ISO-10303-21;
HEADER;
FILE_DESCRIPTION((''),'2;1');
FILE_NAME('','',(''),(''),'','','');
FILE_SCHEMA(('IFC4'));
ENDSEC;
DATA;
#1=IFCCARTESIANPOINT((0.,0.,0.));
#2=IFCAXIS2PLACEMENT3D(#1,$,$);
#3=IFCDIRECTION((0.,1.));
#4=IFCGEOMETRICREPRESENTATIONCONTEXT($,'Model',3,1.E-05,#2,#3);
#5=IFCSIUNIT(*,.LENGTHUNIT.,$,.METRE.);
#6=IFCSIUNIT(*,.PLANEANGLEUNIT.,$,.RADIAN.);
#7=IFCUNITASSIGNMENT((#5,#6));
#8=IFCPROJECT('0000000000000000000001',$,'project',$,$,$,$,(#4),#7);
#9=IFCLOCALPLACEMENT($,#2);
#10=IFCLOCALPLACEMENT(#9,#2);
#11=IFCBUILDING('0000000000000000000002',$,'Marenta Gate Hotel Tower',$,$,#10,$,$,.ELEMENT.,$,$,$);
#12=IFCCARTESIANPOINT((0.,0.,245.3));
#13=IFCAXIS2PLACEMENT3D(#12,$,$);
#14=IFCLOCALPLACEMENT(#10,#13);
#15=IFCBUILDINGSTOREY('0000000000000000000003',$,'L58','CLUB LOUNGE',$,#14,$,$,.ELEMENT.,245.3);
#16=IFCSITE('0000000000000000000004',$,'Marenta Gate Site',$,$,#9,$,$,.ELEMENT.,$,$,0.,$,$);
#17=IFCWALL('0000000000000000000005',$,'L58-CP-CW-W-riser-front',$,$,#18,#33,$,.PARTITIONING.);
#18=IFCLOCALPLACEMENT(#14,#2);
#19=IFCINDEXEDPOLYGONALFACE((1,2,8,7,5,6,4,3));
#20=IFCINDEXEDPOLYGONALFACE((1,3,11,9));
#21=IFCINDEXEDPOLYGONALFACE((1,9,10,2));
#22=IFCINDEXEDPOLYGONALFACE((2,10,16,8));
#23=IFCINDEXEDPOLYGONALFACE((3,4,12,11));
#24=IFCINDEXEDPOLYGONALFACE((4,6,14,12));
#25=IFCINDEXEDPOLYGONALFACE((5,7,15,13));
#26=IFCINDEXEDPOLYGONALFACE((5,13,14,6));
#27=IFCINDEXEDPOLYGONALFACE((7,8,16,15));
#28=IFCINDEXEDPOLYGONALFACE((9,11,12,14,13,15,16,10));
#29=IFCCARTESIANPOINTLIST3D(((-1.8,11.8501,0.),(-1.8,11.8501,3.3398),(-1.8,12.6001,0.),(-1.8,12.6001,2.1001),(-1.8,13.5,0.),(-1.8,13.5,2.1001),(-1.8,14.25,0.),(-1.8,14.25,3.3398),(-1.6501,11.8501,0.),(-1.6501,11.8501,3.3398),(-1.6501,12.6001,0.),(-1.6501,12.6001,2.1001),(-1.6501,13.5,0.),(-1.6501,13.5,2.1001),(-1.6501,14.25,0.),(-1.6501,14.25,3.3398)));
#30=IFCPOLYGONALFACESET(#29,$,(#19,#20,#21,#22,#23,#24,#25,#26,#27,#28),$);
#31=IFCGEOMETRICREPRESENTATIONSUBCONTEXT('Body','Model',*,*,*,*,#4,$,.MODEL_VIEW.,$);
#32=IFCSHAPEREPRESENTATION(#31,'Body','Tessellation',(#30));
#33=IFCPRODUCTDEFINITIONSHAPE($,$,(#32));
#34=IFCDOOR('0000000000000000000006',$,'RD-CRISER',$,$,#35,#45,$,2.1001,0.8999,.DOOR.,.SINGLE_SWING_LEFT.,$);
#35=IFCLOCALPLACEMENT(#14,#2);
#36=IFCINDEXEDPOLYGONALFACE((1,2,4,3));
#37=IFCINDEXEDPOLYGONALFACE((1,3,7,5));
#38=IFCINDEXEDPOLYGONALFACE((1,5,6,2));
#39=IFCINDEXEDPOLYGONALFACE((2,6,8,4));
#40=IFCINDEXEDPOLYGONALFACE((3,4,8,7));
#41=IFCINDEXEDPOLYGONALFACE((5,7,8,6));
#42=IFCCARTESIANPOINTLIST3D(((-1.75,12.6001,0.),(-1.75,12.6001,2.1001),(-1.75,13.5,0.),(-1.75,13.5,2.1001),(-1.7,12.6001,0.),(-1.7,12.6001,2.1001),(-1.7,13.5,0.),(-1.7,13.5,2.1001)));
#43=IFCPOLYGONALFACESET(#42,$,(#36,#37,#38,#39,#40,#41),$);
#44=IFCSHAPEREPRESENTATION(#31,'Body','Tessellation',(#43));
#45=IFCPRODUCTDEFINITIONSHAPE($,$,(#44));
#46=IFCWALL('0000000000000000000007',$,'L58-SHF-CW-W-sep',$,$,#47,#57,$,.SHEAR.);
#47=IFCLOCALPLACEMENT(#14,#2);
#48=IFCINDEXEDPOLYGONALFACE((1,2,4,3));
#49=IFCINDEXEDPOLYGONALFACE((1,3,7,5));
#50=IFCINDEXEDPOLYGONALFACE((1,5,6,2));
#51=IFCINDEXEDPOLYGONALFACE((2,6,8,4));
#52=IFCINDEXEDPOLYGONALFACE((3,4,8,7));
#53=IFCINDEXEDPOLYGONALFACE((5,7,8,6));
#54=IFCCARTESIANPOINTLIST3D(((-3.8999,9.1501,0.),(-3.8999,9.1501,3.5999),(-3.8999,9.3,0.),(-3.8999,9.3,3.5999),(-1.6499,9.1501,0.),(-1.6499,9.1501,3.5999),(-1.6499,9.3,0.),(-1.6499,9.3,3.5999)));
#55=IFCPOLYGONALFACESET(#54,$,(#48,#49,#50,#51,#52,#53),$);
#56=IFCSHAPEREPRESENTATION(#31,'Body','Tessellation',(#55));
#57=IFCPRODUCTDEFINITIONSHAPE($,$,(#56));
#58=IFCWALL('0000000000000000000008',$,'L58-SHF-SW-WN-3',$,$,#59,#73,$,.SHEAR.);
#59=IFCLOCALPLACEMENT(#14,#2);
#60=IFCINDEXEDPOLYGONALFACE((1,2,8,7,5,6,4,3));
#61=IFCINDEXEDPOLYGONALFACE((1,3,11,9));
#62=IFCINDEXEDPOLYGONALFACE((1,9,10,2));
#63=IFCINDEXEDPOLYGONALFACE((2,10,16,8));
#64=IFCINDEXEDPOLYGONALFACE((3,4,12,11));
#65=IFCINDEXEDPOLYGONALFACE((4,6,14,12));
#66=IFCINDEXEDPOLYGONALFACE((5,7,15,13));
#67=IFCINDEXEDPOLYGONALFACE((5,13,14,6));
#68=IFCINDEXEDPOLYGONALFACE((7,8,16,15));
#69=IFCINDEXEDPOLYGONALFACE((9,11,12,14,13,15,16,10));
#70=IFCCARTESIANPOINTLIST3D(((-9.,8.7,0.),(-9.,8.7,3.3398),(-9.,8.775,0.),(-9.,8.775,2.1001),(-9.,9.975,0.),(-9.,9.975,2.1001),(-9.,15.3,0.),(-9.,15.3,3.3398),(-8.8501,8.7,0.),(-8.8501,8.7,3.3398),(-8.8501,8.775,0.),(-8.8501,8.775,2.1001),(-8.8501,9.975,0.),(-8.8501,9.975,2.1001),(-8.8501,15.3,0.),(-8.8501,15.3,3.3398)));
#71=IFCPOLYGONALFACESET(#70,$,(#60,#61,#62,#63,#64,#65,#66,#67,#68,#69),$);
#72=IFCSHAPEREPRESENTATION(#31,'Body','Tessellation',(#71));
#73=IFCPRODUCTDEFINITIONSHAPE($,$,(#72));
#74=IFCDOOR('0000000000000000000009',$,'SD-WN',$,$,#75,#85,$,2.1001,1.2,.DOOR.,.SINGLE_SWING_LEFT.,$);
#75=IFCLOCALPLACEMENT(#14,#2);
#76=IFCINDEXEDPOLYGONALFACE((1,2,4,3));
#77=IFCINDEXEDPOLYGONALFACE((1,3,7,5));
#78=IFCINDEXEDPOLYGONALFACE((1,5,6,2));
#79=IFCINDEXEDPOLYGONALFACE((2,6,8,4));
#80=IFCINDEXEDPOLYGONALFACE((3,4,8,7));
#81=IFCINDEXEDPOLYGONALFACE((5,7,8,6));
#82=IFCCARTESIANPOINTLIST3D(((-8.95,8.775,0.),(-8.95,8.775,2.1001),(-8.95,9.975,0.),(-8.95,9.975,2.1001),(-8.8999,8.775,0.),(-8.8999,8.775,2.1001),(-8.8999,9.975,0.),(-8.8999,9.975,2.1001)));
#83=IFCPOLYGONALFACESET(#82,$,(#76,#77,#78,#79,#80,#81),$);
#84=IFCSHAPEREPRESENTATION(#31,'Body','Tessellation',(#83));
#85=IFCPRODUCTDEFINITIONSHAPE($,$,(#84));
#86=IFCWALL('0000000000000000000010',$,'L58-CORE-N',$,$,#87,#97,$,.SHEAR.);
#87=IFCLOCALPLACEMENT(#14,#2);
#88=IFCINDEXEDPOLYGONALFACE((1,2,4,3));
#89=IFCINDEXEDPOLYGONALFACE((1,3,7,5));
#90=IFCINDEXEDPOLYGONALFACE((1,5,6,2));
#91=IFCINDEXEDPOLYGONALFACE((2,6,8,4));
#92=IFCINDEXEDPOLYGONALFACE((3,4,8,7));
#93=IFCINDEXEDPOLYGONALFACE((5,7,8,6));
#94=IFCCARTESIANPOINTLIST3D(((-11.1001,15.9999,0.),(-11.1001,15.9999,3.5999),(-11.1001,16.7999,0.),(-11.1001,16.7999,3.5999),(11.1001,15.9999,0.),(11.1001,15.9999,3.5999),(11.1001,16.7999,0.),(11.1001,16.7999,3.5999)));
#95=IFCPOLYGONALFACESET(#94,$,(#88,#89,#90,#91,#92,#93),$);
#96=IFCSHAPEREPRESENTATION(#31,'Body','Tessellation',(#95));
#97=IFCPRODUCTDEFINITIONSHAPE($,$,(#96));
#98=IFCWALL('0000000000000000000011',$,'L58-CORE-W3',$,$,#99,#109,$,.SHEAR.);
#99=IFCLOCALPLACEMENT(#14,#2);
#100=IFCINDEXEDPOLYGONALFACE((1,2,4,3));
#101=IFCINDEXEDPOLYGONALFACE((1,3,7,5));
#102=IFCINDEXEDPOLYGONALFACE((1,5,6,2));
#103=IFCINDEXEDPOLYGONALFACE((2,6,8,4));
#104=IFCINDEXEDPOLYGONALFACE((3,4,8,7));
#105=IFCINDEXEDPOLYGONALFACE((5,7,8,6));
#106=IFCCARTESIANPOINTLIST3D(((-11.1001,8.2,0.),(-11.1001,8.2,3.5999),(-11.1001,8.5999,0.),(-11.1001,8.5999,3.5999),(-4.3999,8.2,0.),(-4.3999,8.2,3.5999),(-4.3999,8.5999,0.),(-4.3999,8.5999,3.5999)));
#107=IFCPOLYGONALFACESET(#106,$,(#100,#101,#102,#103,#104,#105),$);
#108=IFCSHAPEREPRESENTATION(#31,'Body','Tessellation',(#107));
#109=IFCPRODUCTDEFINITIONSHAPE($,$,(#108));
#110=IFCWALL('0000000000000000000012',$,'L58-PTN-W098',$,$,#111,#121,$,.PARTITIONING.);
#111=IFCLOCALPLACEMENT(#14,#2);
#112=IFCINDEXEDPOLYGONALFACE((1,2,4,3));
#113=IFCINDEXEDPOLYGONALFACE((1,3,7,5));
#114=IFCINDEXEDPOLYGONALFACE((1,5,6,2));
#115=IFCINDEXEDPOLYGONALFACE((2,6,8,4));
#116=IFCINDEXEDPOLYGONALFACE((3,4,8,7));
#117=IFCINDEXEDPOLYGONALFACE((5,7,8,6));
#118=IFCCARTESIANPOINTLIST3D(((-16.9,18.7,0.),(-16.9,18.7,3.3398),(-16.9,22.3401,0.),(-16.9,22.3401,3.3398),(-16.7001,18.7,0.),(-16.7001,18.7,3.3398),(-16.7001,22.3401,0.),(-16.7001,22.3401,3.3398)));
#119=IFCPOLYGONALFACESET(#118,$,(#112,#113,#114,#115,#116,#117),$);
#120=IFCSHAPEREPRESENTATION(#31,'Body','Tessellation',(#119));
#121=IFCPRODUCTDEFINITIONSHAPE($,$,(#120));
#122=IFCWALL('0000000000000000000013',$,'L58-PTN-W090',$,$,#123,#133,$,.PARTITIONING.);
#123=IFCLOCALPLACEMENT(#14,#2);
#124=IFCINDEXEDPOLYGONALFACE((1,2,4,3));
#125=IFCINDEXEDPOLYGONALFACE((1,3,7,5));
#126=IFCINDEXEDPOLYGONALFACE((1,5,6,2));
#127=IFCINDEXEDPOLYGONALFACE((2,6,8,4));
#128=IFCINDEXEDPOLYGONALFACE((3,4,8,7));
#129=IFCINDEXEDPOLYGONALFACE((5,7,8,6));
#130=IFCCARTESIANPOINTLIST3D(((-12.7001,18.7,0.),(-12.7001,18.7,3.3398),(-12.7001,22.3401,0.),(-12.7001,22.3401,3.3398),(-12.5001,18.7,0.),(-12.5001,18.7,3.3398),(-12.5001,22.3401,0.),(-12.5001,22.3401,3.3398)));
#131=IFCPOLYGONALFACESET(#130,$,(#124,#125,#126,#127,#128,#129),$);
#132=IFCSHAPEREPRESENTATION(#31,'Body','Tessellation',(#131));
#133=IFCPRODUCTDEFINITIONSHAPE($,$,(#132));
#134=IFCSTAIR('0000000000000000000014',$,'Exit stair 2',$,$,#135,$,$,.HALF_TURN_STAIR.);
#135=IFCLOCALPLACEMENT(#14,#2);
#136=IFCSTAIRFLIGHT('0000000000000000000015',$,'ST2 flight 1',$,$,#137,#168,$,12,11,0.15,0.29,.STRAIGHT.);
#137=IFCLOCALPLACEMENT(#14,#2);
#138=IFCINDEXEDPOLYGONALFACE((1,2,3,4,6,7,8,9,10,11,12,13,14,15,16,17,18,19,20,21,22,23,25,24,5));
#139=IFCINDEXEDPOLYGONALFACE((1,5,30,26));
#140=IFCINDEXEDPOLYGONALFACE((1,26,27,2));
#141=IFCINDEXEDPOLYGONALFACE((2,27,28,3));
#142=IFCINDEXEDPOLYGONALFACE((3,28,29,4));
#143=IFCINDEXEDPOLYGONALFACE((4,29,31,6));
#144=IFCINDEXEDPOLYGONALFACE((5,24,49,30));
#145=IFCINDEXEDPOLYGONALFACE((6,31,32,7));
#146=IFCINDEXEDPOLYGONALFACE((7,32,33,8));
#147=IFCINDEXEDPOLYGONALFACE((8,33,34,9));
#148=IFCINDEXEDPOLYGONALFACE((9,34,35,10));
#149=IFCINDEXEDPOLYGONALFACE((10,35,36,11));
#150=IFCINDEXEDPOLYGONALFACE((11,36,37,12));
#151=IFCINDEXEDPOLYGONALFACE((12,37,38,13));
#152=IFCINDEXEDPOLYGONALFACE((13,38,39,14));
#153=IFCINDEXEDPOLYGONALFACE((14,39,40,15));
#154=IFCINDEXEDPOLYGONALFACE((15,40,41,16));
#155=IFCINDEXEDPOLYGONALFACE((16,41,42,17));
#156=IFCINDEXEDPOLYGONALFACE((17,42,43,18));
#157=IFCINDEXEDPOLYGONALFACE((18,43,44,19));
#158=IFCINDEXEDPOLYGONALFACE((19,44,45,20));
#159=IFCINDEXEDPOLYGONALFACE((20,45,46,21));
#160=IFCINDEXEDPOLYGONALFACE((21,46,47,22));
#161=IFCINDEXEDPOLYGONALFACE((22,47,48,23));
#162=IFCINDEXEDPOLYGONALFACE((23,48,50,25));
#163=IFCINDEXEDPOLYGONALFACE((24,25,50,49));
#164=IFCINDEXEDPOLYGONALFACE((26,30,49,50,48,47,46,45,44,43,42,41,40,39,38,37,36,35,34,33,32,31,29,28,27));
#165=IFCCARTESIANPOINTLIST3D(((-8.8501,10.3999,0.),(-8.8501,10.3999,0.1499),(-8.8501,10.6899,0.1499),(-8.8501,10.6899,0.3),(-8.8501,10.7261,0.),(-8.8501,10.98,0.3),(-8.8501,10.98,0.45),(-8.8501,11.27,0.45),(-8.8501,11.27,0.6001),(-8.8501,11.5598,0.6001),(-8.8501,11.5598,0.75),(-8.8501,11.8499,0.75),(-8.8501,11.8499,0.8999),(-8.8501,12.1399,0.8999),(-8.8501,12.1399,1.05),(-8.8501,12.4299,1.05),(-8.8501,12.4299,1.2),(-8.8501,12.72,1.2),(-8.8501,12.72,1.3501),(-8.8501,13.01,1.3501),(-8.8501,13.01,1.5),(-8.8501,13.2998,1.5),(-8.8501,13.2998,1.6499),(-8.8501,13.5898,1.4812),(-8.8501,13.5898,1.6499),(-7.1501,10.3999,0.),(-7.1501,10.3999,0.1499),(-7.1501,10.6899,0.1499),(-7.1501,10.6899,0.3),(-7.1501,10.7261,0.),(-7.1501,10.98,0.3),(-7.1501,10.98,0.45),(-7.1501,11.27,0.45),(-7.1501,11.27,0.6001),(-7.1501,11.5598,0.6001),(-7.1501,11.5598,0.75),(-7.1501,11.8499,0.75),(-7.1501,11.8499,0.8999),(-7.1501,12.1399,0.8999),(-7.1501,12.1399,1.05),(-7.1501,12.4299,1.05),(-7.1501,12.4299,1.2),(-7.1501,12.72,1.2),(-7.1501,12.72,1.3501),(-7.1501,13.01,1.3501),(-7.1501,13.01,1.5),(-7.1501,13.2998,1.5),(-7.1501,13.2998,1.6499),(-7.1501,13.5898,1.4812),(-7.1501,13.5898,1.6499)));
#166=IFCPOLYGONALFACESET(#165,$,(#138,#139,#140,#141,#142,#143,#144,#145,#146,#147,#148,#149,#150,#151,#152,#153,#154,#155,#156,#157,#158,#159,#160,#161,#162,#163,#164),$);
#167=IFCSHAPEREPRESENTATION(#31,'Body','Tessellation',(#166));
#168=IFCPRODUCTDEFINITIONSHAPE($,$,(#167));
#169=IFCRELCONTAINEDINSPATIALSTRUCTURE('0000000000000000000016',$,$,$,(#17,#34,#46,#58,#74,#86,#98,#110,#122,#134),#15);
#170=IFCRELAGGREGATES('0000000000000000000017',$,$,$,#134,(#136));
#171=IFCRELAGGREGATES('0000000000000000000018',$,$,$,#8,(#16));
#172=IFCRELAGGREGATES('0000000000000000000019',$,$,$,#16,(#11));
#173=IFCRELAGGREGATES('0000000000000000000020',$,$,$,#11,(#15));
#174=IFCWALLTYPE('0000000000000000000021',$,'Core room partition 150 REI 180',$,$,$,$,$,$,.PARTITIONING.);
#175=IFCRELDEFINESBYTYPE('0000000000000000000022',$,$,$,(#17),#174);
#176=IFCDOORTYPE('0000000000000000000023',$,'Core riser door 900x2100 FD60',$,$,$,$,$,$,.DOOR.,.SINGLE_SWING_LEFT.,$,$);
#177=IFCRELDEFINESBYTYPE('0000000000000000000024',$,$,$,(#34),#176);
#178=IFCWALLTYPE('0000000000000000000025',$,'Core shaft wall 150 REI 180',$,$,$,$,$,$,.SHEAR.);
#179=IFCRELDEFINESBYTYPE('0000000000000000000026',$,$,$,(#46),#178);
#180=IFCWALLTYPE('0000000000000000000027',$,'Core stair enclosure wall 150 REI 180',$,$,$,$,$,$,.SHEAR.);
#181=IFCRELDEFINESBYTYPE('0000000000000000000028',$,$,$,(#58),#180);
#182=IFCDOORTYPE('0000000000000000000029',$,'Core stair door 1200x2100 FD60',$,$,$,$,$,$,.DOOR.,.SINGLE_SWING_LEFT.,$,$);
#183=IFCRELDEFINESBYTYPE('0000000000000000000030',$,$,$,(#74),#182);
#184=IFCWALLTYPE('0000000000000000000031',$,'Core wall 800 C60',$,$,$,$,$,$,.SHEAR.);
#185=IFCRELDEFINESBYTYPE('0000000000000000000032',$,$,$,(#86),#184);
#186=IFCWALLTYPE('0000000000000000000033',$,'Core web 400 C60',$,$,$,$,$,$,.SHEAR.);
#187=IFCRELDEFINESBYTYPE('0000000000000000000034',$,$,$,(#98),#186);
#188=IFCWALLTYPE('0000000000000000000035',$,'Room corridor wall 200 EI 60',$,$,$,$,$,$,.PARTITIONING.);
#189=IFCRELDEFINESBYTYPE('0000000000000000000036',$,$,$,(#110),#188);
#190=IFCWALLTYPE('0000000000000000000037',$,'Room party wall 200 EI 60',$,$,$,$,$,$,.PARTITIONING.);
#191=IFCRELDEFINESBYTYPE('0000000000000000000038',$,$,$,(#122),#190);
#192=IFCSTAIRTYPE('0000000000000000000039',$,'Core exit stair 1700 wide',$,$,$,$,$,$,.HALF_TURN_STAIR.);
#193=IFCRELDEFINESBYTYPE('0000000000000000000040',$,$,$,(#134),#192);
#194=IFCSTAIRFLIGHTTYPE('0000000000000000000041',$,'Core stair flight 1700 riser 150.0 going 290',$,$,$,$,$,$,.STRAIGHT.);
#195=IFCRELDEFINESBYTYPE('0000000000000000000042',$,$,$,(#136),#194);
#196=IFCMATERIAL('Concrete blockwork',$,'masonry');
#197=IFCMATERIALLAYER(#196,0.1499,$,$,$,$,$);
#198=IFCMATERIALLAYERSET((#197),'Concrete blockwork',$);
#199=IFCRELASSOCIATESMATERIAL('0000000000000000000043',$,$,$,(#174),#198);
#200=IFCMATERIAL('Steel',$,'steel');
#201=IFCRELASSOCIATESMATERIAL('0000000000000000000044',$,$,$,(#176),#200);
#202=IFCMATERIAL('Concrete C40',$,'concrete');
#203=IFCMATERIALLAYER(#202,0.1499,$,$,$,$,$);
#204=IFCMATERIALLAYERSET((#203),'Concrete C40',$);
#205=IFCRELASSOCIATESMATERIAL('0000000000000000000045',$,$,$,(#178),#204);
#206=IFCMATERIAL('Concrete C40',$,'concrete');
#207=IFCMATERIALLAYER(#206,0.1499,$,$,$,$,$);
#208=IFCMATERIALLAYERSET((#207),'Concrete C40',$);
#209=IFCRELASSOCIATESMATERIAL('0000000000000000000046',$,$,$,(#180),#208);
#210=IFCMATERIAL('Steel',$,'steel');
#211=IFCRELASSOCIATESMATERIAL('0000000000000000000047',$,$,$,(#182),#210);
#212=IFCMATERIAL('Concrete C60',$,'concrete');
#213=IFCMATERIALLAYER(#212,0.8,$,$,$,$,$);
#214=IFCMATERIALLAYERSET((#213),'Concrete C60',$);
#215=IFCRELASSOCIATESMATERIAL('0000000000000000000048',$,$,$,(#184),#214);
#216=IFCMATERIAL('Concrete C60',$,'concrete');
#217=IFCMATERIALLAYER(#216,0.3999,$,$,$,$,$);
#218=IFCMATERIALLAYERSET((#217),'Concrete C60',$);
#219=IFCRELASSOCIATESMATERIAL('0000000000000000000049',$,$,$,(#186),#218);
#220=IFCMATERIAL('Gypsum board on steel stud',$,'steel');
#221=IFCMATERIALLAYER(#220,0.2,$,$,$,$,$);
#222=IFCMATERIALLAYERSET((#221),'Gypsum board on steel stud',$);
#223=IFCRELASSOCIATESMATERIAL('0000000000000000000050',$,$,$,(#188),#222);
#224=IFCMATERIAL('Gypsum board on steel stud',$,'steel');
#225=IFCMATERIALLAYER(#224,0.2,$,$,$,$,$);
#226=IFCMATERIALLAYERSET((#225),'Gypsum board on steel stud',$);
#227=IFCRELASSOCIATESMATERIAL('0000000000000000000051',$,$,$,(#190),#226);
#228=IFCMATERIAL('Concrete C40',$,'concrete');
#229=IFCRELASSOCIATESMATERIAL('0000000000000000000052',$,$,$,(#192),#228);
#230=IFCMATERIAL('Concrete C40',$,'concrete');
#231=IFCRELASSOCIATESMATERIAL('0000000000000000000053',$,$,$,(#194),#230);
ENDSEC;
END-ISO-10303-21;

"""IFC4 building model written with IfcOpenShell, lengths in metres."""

from ifc_helpers import new_model, si_unit, direction, frame, frame_2d, origin, place, context, subcontext, project, spatial, polyline, rectangle, outline, extrude, material, layer, layer_set, type_object, element, fill, aggregate, save


model = new_model("IFC4")

# Units and contexts
model_context = context("Model", 3, precision=1e-05, world=origin(), true_north=direction((0.0, 1.0)))
body_context = subcontext(model_context, "Body", "Model", "MODEL_VIEW")
ifc_project = project(units=[si_unit("LENGTHUNIT", "METRE"), si_unit("PLANEANGLEUNIT", "RADIAN")], contexts=[model_context])

# Site, building, storey
site_placement = place(None, origin())
site = spatial("IfcSite", under=ifc_project, at=site_placement, Name="Marenta Gate Site", CompositionType="ELEMENT", RefElevation=0.0)
building_placement = place(site_placement, origin())
building = spatial("IfcBuilding", under=site, at=building_placement, Name="Marenta Gate Hotel Tower", CompositionType="ELEMENT")
storey_placement = place(building_placement, frame((0.0, 0.0, 245.3)))
storey = spatial("IfcBuildingStorey", under=building, at=storey_placement, Name="L58", Description="CLUB LOUNGE", CompositionType="ELEMENT", Elevation=245.3)

# Shared definitions
ifc_material_1 = material(Name="Concrete blockwork", Category="masonry")
ifc_layer_1 = layer(ifc_material_1, 0.1499)
ifc_layer_set_1 = layer_set([ifc_layer_1], Name="Concrete blockwork")
wall_type_1 = type_object("IfcWallType", Name="Core room partition 150 REI 180", PredefinedType="PARTITIONING", material=ifc_layer_set_1)

# Wall, opening, door
wall_1_placement = place(storey_placement, frame((-1.7251, 11.8501, 0.0), z_axis=(0.0, 0.0, 1.0), x_axis=(0.0, 1.0, 0.0)))
wall_1 = element("IfcWall", 1, at=wall_1_placement, inside=storey, type_object=wall_type_1, Name="L58-CP-CW-W-riser-front", PredefinedType="PARTITIONING", context=body_context, shape_type="SweptSolid", body=[
    extrude(rectangle(XDim=2.3999, YDim=0.1499, at=frame_2d((1.2, 0.0))), origin(), (0.0, 0.0, 1.0), 3.3398),
])
opening_1_placement = place(wall_1_placement, frame((0.75, 0.0, 0.0)))
opening_1 = element("IfcOpeningElement", 2, at=opening_1_placement, cuts=wall_1, PredefinedType="OPENING", context=body_context, shape_type="SweptSolid", body=[
    extrude(rectangle(XDim=0.8999, YDim=2.1001, at=frame_2d((0.45, 1.05))), frame((0.0, 0.075, 0.0), z_axis=(0.0, -1.0, 0.0), x_axis=(1.0, 0.0, 0.0)), (0.0, 0.0, 1.0), 0.1499),
])
ifc_material_2 = material(Name="Steel", Category="steel")
door_type_1 = type_object("IfcDoorType", Name="Core riser door 900x2100 FD60", OperationType="SINGLE_SWING_LEFT", PredefinedType="DOOR", material=ifc_material_2)
door_1_placement = place(opening_1_placement, origin())
door_1 = element("IfcDoor", 3, at=door_1_placement, inside=storey, type_object=door_type_1, Name="RD-CRISER", OperationType="SINGLE_SWING_LEFT", OverallHeight=2.1001, OverallWidth=0.8999, PredefinedType="DOOR", context=body_context, shape_type="SweptSolid", body=[
    extrude(rectangle(XDim=0.8999, YDim=2.1001, at=frame_2d((0.45, 1.05))), frame((0.0, 0.0249, 0.0), z_axis=(0.0, -1.0, 0.0), x_axis=(1.0, 0.0, 0.0)), (0.0, 0.0, 1.0), 0.05),
])
fill(opening_1, door_1)

# Wall
ifc_material_3 = material(Name="Concrete C40", Category="concrete")
ifc_layer_2 = layer(ifc_material_3, 0.1499)
ifc_layer_set_2 = layer_set([ifc_layer_2], Name="Concrete C40")
wall_type_2 = type_object("IfcWallType", Name="Core shaft wall 150 REI 180", PredefinedType="SHEAR", material=ifc_layer_set_2)
wall_2_placement = place(storey_placement, frame((-3.8999, 9.2251, 0.0), z_axis=(0.0, 0.0, 1.0), x_axis=(1.0, 0.0, 0.0)))
element("IfcWall", 4, at=wall_2_placement, inside=storey, type_object=wall_type_2, Name="L58-SHF-CW-W-sep", PredefinedType="SHEAR", context=body_context, shape_type="SweptSolid", body=[
    extrude(rectangle(XDim=2.25, YDim=0.1499, at=frame_2d((1.125, 0.0))), origin(), (0.0, 0.0, 1.0), 3.5999),
])

# Wall, opening, door
ifc_material_4 = material(Name="Concrete C40", Category="concrete")
ifc_layer_3 = layer(ifc_material_4, 0.1499)
ifc_layer_set_3 = layer_set([ifc_layer_3], Name="Concrete C40")
wall_type_3 = type_object("IfcWallType", Name="Core stair enclosure wall 150 REI 180", PredefinedType="SHEAR", material=ifc_layer_set_3)
wall_3_placement = place(storey_placement, frame((-8.925, 8.7, 0.0), z_axis=(0.0, 0.0, 1.0), x_axis=(0.0, 1.0, 0.0)))
wall_3 = element("IfcWall", 5, at=wall_3_placement, inside=storey, type_object=wall_type_3, Name="L58-SHF-SW-WN-3", PredefinedType="SHEAR", context=body_context, shape_type="SweptSolid", body=[
    extrude(rectangle(XDim=6.6001, YDim=0.1499, at=frame_2d((3.3, 0.0))), origin(), (0.0, 0.0, 1.0), 3.3398),
])
opening_2_placement = place(wall_3_placement, frame((0.075, 0.0, 0.0)))
opening_2 = element("IfcOpeningElement", 6, at=opening_2_placement, cuts=wall_3, PredefinedType="OPENING", context=body_context, shape_type="SweptSolid", body=[
    extrude(rectangle(XDim=1.2, YDim=2.1001, at=frame_2d((0.6001, 1.05))), frame((0.0, 0.075, 0.0), z_axis=(0.0, -1.0, 0.0), x_axis=(1.0, 0.0, 0.0)), (0.0, 0.0, 1.0), 0.1499),
])
ifc_material_5 = material(Name="Steel", Category="steel")
door_type_2 = type_object("IfcDoorType", Name="Core stair door 1200x2100 FD60", OperationType="SINGLE_SWING_LEFT", PredefinedType="DOOR", material=ifc_material_5)
door_2_placement = place(opening_2_placement, origin())
door_2 = element("IfcDoor", 7, at=door_2_placement, inside=storey, type_object=door_type_2, Name="SD-WN", OperationType="SINGLE_SWING_LEFT", OverallHeight=2.1001, OverallWidth=1.2, PredefinedType="DOOR", context=body_context, shape_type="SweptSolid", body=[
    extrude(rectangle(XDim=1.2, YDim=2.1001, at=frame_2d((0.6001, 1.05))), frame((0.0, 0.0249, 0.0), z_axis=(0.0, -1.0, 0.0), x_axis=(1.0, 0.0, 0.0)), (0.0, 0.0, 1.0), 0.05),
])
fill(opening_2, door_2)

# Walls
ifc_material_6 = material(Name="Concrete C60", Category="concrete")
ifc_layer_4 = layer(ifc_material_6, 0.8)
ifc_layer_set_4 = layer_set([ifc_layer_4], Name="Concrete C60")
wall_type_4 = type_object("IfcWallType", Name="Core wall 800 C60", PredefinedType="SHEAR", material=ifc_layer_set_4)
wall_4_placement = place(storey_placement, frame((-11.1001, 16.3999, 0.0), z_axis=(0.0, 0.0, 1.0), x_axis=(1.0, 0.0, 0.0)))
element("IfcWall", 8, at=wall_4_placement, inside=storey, type_object=wall_type_4, Name="L58-CORE-N", PredefinedType="SHEAR", context=body_context, shape_type="SweptSolid", body=[
    extrude(rectangle(XDim=22.2002, YDim=0.8, at=frame_2d((11.1001, 0.0))), origin(), (0.0, 0.0, 1.0), 3.5999),
])
ifc_material_7 = material(Name="Concrete C60", Category="concrete")
ifc_layer_5 = layer(ifc_material_7, 0.3999)
ifc_layer_set_5 = layer_set([ifc_layer_5], Name="Concrete C60")
wall_type_5 = type_object("IfcWallType", Name="Core web 400 C60", PredefinedType="SHEAR", material=ifc_layer_set_5)
wall_5_placement = place(storey_placement, frame((-11.1001, 8.3999, 0.0), z_axis=(0.0, 0.0, 1.0), x_axis=(1.0, 0.0, 0.0)))
element("IfcWall", 9, at=wall_5_placement, inside=storey, type_object=wall_type_5, Name="L58-CORE-W3", PredefinedType="SHEAR", context=body_context, shape_type="SweptSolid", body=[
    extrude(rectangle(XDim=6.7002, YDim=0.3999, at=frame_2d((3.3501, 0.0))), origin(), (0.0, 0.0, 1.0), 3.5999),
])
ifc_material_8 = material(Name="Gypsum board on steel stud", Category="steel")
ifc_layer_6 = layer(ifc_material_8, 0.2)
ifc_layer_set_6 = layer_set([ifc_layer_6], Name="Gypsum board on steel stud")
wall_type_6 = type_object("IfcWallType", Name="Room corridor wall 200 EI 60", PredefinedType="PARTITIONING", material=ifc_layer_set_6)
wall_6_placement = place(storey_placement, frame((-16.8, 18.7, 0.0), z_axis=(0.0, 0.0, 1.0), x_axis=(0.0, 1.0, 0.0)))
element("IfcWall", 10, at=wall_6_placement, inside=storey, type_object=wall_type_6, Name="L58-PTN-W098", PredefinedType="PARTITIONING", context=body_context, shape_type="SweptSolid", body=[
    extrude(rectangle(XDim=3.6401, YDim=0.2, at=frame_2d((1.8201, 0.0))), origin(), (0.0, 0.0, 1.0), 3.3398),
])
ifc_material_9 = material(Name="Gypsum board on steel stud", Category="steel")
ifc_layer_7 = layer(ifc_material_9, 0.2)
ifc_layer_set_7 = layer_set([ifc_layer_7], Name="Gypsum board on steel stud")
wall_type_7 = type_object("IfcWallType", Name="Room party wall 200 EI 60", PredefinedType="PARTITIONING", material=ifc_layer_set_7)
wall_7_placement = place(storey_placement, frame((-12.6001, 18.7, 0.0), z_axis=(0.0, 0.0, 1.0), x_axis=(0.0, 1.0, 0.0)))
element("IfcWall", 11, at=wall_7_placement, inside=storey, type_object=wall_type_7, Name="L58-PTN-W090", PredefinedType="PARTITIONING", context=body_context, shape_type="SweptSolid", body=[
    extrude(rectangle(XDim=3.6401, YDim=0.2, at=frame_2d((1.8201, 0.0))), origin(), (0.0, 0.0, 1.0), 3.3398),
])

# Stair, stair flight
ifc_material_10 = material(Name="Concrete C40", Category="concrete")
stair_type = type_object("IfcStairType", Name="Core exit stair 1700 wide", PredefinedType="HALF_TURN_STAIR", material=ifc_material_10)
stair_placement = place(storey_placement, origin())
stair = element("IfcStair", 12, at=stair_placement, inside=storey, type_object=stair_type, Name="Exit stair 2", PredefinedType="HALF_TURN_STAIR")
ifc_material_11 = material(Name="Concrete C40", Category="concrete")
stair_flight_type = type_object("IfcStairFlightType", Name="Core stair flight 1700 riser 150.0 going 290", PredefinedType="STRAIGHT", material=ifc_material_11)
stair_flight_1_placement = place(storey_placement, frame((-8.0, 10.3999, 0.0), z_axis=(0.0, 0.0, 1.0), x_axis=(0.0, 1.0, 0.0)))
stair_flight_1 = element("IfcStairFlight", 13, at=stair_flight_1_placement, type_object=stair_flight_type, Name="ST2 flight 1", NumberOfRisers=12, NumberOfTreads=11, PredefinedType="STRAIGHT", RiserHeight=0.15, TreadLength=0.29, context=body_context, shape_type="SweptSolid", body=[
    extrude(outline(polyline([(0.0, 0.0), (0.0, 0.1499), (0.29, 0.1499), (0.29, 0.3), (0.5801, 0.3), (0.5801, 0.45), (0.8701, 0.45), (0.8701, 0.6001), (1.1599, 0.6001), (1.1599, 0.75), (1.45, 0.75), (1.45, 0.8999), (1.74, 0.8999), (1.74, 1.05), (2.03, 1.05), (2.03, 1.2), (2.3201, 1.2), (2.3201, 1.3501), (2.6101, 1.3501), (2.6101, 1.5), (2.8999, 1.5), (2.8999, 1.6499), (3.1899, 1.6499), (3.1899, 1.8), (3.1899, 1.4812), (0.3262, 0.0), (0.0, 0.0)])), frame((0.0, 0.8501, 0.0), z_axis=(0.0, -1.0, 0.0), x_axis=(1.0, 0.0, 0.0)), (0.0, 0.0, 1.0), 1.7),
])
aggregate(stair, [stair_flight_1])

save(model, "model.ifc")
